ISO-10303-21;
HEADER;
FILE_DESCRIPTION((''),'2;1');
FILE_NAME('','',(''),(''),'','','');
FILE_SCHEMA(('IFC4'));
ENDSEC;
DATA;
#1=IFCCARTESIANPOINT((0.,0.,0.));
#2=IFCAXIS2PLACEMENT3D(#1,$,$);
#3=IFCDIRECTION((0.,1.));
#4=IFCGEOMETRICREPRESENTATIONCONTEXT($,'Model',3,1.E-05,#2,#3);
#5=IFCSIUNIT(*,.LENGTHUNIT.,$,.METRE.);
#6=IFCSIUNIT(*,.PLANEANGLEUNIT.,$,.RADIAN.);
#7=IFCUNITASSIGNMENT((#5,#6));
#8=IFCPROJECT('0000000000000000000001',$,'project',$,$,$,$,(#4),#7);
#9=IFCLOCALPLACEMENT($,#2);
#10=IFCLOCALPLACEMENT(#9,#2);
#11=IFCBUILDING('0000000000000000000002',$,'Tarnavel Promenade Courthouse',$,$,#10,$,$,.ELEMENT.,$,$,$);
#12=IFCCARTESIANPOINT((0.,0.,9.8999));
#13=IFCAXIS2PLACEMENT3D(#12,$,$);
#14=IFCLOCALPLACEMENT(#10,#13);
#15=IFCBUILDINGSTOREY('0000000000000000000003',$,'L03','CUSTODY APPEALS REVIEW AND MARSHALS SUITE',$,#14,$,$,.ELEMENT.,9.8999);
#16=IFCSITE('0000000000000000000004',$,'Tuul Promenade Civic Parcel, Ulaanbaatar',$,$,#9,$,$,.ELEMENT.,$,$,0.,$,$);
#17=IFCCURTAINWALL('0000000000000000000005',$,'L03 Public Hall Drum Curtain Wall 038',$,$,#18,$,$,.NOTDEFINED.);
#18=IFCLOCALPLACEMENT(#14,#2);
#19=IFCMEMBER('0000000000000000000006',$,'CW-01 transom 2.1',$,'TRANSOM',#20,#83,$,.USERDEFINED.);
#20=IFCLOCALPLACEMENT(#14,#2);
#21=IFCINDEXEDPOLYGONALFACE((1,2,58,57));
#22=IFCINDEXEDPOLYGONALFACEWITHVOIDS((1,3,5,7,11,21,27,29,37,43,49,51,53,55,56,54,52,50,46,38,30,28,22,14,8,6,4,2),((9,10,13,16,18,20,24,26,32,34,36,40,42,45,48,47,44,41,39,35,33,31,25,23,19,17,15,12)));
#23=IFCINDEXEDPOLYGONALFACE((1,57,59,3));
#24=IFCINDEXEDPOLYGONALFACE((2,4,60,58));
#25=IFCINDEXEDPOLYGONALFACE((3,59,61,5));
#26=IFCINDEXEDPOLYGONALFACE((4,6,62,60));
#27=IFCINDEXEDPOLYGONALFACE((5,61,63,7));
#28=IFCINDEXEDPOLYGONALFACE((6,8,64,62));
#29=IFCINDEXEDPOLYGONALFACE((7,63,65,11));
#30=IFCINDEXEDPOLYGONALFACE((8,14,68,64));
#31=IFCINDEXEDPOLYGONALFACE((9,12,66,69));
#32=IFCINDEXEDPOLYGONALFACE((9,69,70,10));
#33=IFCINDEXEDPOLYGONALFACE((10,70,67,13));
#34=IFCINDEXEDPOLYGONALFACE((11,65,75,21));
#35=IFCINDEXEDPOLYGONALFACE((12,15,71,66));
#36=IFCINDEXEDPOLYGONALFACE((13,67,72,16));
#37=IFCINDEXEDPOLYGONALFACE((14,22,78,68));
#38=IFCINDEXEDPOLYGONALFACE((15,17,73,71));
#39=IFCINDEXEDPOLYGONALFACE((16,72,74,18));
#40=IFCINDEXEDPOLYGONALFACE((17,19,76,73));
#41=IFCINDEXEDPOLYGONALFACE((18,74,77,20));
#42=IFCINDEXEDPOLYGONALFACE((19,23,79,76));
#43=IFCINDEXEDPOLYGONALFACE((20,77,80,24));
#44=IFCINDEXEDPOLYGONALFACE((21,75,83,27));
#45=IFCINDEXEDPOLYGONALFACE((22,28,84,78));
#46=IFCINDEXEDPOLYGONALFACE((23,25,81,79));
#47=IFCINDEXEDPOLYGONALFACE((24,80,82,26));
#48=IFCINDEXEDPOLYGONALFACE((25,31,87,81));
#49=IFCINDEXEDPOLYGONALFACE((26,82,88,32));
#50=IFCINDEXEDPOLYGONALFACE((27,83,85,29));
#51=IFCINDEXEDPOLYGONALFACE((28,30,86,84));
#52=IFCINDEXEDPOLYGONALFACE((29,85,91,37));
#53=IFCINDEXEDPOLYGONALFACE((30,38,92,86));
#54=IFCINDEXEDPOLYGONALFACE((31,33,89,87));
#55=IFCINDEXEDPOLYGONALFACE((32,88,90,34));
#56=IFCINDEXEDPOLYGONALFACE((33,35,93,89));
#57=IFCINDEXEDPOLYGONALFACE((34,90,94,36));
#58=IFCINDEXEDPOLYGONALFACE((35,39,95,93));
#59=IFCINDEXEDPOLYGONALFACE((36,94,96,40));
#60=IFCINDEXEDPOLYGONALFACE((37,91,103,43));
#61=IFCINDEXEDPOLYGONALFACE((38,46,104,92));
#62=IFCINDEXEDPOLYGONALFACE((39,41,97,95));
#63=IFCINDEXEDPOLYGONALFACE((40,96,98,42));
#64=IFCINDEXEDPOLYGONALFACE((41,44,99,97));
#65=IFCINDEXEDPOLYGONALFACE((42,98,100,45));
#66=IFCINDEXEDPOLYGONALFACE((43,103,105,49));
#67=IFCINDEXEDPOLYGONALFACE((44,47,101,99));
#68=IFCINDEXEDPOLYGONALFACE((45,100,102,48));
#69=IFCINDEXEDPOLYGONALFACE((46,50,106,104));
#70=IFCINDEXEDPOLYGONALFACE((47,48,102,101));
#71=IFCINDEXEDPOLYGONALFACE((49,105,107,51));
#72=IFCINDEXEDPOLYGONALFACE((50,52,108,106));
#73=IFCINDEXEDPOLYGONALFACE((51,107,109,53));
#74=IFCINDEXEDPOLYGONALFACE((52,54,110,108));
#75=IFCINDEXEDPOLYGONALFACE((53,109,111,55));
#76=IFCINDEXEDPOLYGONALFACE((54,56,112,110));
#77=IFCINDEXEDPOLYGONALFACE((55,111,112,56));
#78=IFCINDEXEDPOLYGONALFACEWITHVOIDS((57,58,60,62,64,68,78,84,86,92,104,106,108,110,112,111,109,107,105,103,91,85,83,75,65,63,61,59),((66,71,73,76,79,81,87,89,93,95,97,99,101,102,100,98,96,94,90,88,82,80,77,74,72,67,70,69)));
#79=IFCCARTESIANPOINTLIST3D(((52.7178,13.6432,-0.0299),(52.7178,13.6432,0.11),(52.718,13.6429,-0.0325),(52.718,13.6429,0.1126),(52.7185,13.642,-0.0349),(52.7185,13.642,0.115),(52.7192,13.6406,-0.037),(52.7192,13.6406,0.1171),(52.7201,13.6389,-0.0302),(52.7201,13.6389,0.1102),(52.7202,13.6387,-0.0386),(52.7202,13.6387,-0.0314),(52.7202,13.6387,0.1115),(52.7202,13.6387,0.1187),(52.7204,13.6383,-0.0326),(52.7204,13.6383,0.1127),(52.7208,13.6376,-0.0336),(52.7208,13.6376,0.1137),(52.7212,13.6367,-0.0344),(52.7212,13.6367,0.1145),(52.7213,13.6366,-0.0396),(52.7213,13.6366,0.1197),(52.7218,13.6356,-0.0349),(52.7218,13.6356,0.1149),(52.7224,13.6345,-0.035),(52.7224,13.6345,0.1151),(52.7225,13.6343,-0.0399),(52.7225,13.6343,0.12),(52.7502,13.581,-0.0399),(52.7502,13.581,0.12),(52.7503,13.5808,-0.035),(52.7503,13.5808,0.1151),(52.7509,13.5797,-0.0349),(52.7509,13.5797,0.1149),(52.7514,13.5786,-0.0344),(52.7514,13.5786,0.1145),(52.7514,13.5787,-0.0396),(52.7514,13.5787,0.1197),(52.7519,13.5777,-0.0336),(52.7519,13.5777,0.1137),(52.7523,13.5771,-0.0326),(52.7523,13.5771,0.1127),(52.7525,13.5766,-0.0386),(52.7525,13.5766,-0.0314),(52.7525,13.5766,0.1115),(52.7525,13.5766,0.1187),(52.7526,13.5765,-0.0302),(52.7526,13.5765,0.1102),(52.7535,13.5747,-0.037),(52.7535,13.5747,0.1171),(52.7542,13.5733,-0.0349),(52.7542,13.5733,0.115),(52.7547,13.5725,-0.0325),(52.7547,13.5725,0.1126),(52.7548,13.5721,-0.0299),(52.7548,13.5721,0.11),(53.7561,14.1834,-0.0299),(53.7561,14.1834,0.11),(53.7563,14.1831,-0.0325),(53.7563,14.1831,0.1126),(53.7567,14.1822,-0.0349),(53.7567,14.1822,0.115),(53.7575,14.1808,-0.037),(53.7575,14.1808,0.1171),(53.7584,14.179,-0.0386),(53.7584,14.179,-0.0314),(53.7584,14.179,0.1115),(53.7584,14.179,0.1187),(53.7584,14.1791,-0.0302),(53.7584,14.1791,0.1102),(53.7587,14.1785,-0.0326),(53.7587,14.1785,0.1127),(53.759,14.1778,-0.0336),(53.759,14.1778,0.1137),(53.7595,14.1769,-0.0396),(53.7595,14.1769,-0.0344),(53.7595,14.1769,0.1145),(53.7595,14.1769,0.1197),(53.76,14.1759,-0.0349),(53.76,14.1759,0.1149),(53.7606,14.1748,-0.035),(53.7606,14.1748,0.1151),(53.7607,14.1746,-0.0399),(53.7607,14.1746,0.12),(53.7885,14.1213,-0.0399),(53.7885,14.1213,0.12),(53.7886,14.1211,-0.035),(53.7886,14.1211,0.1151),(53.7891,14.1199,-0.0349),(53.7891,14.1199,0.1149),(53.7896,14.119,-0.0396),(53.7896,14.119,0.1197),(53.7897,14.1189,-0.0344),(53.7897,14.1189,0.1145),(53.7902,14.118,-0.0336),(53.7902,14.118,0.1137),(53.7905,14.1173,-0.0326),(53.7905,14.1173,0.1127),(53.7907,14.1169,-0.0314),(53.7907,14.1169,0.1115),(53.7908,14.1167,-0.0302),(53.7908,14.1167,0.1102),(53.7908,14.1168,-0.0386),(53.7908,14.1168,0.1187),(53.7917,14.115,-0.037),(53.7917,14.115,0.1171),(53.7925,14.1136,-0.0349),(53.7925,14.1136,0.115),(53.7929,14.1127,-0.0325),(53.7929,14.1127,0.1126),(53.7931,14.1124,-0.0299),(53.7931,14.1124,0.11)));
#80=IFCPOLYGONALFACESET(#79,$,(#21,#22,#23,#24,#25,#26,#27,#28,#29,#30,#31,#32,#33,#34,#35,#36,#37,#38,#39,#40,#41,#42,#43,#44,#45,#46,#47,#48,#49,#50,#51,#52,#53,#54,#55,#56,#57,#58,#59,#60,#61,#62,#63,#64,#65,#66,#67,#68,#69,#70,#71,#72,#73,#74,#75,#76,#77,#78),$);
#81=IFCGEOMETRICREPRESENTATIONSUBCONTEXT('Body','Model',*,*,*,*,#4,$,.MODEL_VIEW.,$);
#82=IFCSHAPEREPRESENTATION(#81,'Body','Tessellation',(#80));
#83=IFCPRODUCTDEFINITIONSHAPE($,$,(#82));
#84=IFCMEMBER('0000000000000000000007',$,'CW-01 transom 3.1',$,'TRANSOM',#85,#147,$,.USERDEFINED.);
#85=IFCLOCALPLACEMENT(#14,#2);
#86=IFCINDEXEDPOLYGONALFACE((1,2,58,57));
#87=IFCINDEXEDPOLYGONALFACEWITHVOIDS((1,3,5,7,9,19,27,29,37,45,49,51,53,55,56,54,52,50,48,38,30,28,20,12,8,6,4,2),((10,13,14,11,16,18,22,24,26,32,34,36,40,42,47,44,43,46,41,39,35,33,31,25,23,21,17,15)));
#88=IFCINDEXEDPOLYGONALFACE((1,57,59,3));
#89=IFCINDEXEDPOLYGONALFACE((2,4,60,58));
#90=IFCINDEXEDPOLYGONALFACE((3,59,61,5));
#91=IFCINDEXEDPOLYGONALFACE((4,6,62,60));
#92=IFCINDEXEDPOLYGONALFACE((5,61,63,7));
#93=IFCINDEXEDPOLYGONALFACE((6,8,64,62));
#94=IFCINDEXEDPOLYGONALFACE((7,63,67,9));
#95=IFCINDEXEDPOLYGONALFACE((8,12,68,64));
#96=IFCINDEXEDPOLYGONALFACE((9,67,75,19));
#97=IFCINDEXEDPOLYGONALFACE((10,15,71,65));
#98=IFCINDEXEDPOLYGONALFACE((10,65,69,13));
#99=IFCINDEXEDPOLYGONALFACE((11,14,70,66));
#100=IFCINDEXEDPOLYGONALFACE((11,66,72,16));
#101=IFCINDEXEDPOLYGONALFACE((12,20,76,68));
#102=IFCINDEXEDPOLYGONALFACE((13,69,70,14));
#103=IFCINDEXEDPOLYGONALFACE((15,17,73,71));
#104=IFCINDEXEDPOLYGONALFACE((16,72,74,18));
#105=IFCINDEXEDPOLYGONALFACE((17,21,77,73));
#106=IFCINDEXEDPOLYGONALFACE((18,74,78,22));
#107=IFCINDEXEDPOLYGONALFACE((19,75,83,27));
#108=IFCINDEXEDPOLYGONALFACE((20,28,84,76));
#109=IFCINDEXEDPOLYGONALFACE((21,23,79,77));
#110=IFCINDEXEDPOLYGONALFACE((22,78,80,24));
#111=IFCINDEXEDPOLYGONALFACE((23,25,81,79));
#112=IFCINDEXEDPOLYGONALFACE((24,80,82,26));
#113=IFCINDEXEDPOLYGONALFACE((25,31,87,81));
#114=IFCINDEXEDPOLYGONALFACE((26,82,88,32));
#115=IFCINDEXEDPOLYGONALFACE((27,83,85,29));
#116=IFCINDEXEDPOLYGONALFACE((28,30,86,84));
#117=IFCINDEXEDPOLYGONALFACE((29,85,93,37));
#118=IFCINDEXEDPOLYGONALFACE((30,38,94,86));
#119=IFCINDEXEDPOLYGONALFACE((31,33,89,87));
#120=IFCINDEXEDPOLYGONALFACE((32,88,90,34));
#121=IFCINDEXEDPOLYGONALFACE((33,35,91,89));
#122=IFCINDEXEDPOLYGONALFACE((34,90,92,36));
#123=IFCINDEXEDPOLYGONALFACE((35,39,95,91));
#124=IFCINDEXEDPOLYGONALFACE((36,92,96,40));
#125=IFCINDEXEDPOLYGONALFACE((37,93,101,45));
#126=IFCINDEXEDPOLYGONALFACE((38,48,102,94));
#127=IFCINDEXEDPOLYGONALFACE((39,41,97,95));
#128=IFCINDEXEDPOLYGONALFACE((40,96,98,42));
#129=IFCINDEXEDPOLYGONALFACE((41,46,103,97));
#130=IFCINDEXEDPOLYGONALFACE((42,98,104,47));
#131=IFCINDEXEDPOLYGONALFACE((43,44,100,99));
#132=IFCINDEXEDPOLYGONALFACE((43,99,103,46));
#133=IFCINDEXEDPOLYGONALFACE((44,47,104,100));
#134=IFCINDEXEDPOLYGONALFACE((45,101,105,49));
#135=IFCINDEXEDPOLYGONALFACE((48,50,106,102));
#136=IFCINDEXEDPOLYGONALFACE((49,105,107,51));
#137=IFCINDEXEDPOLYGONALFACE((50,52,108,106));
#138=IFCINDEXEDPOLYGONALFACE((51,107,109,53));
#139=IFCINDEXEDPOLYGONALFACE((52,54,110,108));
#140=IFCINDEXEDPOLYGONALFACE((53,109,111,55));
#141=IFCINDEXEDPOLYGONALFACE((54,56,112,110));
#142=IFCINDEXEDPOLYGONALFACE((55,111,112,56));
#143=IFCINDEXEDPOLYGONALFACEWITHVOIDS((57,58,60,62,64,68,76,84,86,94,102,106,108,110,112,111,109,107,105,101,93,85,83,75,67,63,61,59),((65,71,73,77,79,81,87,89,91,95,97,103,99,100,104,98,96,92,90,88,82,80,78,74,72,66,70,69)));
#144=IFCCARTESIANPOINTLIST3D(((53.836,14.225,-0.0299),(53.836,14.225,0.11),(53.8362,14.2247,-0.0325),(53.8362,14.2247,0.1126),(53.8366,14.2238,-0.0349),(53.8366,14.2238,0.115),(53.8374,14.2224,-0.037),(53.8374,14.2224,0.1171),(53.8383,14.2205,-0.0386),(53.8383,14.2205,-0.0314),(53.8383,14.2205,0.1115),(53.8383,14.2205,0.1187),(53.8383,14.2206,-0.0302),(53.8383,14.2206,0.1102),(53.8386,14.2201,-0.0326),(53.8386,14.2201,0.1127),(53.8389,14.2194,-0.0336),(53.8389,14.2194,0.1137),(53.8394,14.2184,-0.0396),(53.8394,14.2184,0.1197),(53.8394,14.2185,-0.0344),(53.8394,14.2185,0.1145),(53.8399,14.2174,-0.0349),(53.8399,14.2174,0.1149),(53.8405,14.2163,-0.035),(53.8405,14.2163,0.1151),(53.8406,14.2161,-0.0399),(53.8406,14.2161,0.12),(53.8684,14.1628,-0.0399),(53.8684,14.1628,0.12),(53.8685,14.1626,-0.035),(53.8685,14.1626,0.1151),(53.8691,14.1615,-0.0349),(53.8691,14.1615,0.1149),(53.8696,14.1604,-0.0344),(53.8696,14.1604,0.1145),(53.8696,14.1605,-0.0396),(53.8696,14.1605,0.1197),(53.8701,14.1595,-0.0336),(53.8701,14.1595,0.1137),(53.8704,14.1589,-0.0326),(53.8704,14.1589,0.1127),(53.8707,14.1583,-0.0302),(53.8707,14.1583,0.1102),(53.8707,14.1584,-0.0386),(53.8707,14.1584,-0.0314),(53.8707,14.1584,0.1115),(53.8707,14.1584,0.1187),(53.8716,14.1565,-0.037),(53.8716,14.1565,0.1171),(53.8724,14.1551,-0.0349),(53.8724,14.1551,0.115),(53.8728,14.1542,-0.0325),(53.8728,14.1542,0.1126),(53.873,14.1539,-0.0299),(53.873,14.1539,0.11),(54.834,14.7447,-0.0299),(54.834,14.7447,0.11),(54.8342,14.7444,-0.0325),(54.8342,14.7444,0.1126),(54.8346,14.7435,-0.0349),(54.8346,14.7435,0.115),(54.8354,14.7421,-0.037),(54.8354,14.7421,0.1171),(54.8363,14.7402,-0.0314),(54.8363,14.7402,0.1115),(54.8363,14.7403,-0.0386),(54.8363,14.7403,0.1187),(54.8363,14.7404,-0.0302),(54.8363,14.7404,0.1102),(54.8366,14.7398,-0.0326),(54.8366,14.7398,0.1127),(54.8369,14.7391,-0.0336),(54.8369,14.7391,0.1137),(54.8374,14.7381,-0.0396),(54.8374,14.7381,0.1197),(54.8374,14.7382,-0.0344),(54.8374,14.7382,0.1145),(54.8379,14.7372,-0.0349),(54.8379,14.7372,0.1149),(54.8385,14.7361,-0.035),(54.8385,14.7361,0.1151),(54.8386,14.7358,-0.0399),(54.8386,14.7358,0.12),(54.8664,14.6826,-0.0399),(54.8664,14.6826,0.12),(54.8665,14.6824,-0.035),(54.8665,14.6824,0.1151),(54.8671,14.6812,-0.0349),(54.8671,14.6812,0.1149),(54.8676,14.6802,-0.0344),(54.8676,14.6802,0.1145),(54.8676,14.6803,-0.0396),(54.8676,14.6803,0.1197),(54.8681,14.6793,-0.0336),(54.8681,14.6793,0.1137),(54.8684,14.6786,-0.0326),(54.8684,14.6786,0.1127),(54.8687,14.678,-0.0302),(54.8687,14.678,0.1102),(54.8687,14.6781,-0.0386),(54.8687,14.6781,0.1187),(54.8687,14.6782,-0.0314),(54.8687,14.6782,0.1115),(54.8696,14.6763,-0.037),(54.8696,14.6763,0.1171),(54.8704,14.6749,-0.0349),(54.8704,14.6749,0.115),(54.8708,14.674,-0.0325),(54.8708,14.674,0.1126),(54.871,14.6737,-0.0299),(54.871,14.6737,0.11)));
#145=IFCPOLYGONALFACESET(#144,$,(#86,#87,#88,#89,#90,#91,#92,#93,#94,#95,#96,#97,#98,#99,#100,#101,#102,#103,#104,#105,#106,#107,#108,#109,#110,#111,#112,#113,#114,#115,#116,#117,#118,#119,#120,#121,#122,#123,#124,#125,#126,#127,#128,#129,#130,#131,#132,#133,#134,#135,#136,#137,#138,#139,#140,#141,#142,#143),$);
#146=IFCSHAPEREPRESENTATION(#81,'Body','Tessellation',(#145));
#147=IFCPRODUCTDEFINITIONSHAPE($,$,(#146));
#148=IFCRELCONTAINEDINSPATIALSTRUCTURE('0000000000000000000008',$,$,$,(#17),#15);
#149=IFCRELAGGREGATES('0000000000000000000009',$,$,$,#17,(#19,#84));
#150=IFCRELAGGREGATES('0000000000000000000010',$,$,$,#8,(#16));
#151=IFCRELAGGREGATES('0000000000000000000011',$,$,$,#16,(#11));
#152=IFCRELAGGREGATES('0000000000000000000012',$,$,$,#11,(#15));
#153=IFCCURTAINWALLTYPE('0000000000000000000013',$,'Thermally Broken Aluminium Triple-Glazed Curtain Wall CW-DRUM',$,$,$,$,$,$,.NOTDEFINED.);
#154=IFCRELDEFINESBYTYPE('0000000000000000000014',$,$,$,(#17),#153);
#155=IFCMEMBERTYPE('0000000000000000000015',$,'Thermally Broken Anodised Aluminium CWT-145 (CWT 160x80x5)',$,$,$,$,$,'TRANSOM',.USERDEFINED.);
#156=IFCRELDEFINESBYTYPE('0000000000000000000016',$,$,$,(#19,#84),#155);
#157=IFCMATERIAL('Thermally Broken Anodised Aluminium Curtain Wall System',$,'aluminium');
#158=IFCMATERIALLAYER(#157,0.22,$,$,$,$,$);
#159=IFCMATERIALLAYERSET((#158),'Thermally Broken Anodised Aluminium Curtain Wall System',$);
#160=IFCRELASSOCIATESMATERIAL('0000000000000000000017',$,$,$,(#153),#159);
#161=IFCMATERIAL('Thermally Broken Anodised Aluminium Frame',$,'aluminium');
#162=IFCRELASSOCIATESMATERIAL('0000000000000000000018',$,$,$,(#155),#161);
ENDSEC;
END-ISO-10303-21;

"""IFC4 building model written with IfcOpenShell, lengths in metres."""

from ifc_helpers import new_model, si_unit, direction, frame, origin, origin_2d, place, context, subcontext, project, spatial, hollow_rectangle, extrude, material, layer, layer_set, material_profile, profile_set, type_object, element, aggregate, save


model = new_model("IFC4")

# Units and contexts
model_context = context("Model", 3, precision=1e-05, world=origin(), true_north=direction((0.0, 1.0)))
body_context = subcontext(model_context, "Body", "Model", "MODEL_VIEW")
ifc_project = project(units=[si_unit("LENGTHUNIT", "METRE"), si_unit("PLANEANGLEUNIT", "RADIAN")], contexts=[model_context])

# Site, building, storey
site_placement = place(None, origin())
site = spatial("IfcSite", under=ifc_project, at=site_placement, Name="Tuul Promenade Civic Parcel, Ulaanbaatar", CompositionType="ELEMENT", RefElevation=0.0)
building_placement = place(site_placement, origin())
building = spatial("IfcBuilding", under=site, at=building_placement, Name="Tarnavel Promenade Courthouse", CompositionType="ELEMENT")
storey_placement = place(building_placement, frame((0.0, 0.0, 9.8999)))
storey = spatial("IfcBuildingStorey", under=building, at=storey_placement, Name="L03", Description="CUSTODY APPEALS REVIEW AND MARSHALS SUITE", CompositionType="ELEMENT", Elevation=9.8999)

# Curtain wall
ifc_material_1 = material(Name="Thermally Broken Anodised Aluminium Curtain Wall System", Category="aluminium")
ifc_layer_1 = layer(ifc_material_1, 0.22)
ifc_layer_set_1 = layer_set([ifc_layer_1], Name="Thermally Broken Anodised Aluminium Curtain Wall System")
curtain_wall_type = type_object("IfcCurtainWallType", Name="Thermally Broken Aluminium Triple-Glazed Curtain Wall CW-DRUM", PredefinedType="NOTDEFINED", material=ifc_layer_set_1)
ifc_material_2 = material(Name="Thermally Broken Anodised Aluminium Frame", Category="aluminium")
curtain_wall_1_placement = place(storey_placement, origin())
curtain_wall_1 = element("IfcCurtainWall", 1, at=curtain_wall_1_placement, inside=storey, type_object=curtain_wall_type, Name="L03 Public Hall Drum Curtain Wall 038", PredefinedType="NOTDEFINED")

# Members
ifc_material_profile_1 = material_profile(ifc_material_2, hollow_rectangle(XDim=0.0801, YDim=0.1599, WallThickness=0.0049, InnerFilletRadius=0.0049, OuterFilletRadius=0.01, at=origin_2d()), Name="CWT 160x80x5")
ifc_profile_set_1 = profile_set([ifc_material_profile_1], Name="Thermally Broken Anodised Aluminium Frame")
member_type_1 = type_object("IfcMemberType", Name="Thermally Broken Anodised Aluminium CWT-145 (CWT 160x80x5)", ElementType="TRANSOM", PredefinedType="USERDEFINED", material=ifc_profile_set_1)
member_1_placement = place(storey_placement, frame((52.7363, 13.6077, 0.04), z_axis=(0.887094, 0.461589, 0.0), x_axis=(-0.461589, 0.887094, 0.0)))
member_1 = element("IfcMember", 2, at=member_1_placement, type_object=member_type_1, Name="CW-01 transom 2.1", ObjectType="TRANSOM", PredefinedType="USERDEFINED", context=body_context, shape_type="SweptSolid", body=[
    extrude(hollow_rectangle(XDim=0.0801, YDim=0.1599, WallThickness=0.0049, InnerFilletRadius=0.0049, OuterFilletRadius=0.01, at=origin_2d()), origin(), (0.0, 0.0, 1.0), 1.1704),
])
member_2_placement = place(storey_placement, frame((53.8545, 14.1895, 0.04), z_axis=(0.886929, 0.461906, 0.0), x_axis=(-0.461906, 0.886929, 0.0)))
member_2 = element("IfcMember", 3, at=member_2_placement, type_object=member_type_1, Name="CW-01 transom 3.1", ObjectType="TRANSOM", PredefinedType="USERDEFINED", context=body_context, shape_type="SweptSolid", body=[
    extrude(hollow_rectangle(XDim=0.0801, YDim=0.1599, WallThickness=0.0049, InnerFilletRadius=0.0049, OuterFilletRadius=0.01, at=origin_2d()), origin(), (0.0, 0.0, 1.0), 1.1252),
])

aggregate(curtain_wall_1, [member_1, member_2])

save(model, "model.ifc")
